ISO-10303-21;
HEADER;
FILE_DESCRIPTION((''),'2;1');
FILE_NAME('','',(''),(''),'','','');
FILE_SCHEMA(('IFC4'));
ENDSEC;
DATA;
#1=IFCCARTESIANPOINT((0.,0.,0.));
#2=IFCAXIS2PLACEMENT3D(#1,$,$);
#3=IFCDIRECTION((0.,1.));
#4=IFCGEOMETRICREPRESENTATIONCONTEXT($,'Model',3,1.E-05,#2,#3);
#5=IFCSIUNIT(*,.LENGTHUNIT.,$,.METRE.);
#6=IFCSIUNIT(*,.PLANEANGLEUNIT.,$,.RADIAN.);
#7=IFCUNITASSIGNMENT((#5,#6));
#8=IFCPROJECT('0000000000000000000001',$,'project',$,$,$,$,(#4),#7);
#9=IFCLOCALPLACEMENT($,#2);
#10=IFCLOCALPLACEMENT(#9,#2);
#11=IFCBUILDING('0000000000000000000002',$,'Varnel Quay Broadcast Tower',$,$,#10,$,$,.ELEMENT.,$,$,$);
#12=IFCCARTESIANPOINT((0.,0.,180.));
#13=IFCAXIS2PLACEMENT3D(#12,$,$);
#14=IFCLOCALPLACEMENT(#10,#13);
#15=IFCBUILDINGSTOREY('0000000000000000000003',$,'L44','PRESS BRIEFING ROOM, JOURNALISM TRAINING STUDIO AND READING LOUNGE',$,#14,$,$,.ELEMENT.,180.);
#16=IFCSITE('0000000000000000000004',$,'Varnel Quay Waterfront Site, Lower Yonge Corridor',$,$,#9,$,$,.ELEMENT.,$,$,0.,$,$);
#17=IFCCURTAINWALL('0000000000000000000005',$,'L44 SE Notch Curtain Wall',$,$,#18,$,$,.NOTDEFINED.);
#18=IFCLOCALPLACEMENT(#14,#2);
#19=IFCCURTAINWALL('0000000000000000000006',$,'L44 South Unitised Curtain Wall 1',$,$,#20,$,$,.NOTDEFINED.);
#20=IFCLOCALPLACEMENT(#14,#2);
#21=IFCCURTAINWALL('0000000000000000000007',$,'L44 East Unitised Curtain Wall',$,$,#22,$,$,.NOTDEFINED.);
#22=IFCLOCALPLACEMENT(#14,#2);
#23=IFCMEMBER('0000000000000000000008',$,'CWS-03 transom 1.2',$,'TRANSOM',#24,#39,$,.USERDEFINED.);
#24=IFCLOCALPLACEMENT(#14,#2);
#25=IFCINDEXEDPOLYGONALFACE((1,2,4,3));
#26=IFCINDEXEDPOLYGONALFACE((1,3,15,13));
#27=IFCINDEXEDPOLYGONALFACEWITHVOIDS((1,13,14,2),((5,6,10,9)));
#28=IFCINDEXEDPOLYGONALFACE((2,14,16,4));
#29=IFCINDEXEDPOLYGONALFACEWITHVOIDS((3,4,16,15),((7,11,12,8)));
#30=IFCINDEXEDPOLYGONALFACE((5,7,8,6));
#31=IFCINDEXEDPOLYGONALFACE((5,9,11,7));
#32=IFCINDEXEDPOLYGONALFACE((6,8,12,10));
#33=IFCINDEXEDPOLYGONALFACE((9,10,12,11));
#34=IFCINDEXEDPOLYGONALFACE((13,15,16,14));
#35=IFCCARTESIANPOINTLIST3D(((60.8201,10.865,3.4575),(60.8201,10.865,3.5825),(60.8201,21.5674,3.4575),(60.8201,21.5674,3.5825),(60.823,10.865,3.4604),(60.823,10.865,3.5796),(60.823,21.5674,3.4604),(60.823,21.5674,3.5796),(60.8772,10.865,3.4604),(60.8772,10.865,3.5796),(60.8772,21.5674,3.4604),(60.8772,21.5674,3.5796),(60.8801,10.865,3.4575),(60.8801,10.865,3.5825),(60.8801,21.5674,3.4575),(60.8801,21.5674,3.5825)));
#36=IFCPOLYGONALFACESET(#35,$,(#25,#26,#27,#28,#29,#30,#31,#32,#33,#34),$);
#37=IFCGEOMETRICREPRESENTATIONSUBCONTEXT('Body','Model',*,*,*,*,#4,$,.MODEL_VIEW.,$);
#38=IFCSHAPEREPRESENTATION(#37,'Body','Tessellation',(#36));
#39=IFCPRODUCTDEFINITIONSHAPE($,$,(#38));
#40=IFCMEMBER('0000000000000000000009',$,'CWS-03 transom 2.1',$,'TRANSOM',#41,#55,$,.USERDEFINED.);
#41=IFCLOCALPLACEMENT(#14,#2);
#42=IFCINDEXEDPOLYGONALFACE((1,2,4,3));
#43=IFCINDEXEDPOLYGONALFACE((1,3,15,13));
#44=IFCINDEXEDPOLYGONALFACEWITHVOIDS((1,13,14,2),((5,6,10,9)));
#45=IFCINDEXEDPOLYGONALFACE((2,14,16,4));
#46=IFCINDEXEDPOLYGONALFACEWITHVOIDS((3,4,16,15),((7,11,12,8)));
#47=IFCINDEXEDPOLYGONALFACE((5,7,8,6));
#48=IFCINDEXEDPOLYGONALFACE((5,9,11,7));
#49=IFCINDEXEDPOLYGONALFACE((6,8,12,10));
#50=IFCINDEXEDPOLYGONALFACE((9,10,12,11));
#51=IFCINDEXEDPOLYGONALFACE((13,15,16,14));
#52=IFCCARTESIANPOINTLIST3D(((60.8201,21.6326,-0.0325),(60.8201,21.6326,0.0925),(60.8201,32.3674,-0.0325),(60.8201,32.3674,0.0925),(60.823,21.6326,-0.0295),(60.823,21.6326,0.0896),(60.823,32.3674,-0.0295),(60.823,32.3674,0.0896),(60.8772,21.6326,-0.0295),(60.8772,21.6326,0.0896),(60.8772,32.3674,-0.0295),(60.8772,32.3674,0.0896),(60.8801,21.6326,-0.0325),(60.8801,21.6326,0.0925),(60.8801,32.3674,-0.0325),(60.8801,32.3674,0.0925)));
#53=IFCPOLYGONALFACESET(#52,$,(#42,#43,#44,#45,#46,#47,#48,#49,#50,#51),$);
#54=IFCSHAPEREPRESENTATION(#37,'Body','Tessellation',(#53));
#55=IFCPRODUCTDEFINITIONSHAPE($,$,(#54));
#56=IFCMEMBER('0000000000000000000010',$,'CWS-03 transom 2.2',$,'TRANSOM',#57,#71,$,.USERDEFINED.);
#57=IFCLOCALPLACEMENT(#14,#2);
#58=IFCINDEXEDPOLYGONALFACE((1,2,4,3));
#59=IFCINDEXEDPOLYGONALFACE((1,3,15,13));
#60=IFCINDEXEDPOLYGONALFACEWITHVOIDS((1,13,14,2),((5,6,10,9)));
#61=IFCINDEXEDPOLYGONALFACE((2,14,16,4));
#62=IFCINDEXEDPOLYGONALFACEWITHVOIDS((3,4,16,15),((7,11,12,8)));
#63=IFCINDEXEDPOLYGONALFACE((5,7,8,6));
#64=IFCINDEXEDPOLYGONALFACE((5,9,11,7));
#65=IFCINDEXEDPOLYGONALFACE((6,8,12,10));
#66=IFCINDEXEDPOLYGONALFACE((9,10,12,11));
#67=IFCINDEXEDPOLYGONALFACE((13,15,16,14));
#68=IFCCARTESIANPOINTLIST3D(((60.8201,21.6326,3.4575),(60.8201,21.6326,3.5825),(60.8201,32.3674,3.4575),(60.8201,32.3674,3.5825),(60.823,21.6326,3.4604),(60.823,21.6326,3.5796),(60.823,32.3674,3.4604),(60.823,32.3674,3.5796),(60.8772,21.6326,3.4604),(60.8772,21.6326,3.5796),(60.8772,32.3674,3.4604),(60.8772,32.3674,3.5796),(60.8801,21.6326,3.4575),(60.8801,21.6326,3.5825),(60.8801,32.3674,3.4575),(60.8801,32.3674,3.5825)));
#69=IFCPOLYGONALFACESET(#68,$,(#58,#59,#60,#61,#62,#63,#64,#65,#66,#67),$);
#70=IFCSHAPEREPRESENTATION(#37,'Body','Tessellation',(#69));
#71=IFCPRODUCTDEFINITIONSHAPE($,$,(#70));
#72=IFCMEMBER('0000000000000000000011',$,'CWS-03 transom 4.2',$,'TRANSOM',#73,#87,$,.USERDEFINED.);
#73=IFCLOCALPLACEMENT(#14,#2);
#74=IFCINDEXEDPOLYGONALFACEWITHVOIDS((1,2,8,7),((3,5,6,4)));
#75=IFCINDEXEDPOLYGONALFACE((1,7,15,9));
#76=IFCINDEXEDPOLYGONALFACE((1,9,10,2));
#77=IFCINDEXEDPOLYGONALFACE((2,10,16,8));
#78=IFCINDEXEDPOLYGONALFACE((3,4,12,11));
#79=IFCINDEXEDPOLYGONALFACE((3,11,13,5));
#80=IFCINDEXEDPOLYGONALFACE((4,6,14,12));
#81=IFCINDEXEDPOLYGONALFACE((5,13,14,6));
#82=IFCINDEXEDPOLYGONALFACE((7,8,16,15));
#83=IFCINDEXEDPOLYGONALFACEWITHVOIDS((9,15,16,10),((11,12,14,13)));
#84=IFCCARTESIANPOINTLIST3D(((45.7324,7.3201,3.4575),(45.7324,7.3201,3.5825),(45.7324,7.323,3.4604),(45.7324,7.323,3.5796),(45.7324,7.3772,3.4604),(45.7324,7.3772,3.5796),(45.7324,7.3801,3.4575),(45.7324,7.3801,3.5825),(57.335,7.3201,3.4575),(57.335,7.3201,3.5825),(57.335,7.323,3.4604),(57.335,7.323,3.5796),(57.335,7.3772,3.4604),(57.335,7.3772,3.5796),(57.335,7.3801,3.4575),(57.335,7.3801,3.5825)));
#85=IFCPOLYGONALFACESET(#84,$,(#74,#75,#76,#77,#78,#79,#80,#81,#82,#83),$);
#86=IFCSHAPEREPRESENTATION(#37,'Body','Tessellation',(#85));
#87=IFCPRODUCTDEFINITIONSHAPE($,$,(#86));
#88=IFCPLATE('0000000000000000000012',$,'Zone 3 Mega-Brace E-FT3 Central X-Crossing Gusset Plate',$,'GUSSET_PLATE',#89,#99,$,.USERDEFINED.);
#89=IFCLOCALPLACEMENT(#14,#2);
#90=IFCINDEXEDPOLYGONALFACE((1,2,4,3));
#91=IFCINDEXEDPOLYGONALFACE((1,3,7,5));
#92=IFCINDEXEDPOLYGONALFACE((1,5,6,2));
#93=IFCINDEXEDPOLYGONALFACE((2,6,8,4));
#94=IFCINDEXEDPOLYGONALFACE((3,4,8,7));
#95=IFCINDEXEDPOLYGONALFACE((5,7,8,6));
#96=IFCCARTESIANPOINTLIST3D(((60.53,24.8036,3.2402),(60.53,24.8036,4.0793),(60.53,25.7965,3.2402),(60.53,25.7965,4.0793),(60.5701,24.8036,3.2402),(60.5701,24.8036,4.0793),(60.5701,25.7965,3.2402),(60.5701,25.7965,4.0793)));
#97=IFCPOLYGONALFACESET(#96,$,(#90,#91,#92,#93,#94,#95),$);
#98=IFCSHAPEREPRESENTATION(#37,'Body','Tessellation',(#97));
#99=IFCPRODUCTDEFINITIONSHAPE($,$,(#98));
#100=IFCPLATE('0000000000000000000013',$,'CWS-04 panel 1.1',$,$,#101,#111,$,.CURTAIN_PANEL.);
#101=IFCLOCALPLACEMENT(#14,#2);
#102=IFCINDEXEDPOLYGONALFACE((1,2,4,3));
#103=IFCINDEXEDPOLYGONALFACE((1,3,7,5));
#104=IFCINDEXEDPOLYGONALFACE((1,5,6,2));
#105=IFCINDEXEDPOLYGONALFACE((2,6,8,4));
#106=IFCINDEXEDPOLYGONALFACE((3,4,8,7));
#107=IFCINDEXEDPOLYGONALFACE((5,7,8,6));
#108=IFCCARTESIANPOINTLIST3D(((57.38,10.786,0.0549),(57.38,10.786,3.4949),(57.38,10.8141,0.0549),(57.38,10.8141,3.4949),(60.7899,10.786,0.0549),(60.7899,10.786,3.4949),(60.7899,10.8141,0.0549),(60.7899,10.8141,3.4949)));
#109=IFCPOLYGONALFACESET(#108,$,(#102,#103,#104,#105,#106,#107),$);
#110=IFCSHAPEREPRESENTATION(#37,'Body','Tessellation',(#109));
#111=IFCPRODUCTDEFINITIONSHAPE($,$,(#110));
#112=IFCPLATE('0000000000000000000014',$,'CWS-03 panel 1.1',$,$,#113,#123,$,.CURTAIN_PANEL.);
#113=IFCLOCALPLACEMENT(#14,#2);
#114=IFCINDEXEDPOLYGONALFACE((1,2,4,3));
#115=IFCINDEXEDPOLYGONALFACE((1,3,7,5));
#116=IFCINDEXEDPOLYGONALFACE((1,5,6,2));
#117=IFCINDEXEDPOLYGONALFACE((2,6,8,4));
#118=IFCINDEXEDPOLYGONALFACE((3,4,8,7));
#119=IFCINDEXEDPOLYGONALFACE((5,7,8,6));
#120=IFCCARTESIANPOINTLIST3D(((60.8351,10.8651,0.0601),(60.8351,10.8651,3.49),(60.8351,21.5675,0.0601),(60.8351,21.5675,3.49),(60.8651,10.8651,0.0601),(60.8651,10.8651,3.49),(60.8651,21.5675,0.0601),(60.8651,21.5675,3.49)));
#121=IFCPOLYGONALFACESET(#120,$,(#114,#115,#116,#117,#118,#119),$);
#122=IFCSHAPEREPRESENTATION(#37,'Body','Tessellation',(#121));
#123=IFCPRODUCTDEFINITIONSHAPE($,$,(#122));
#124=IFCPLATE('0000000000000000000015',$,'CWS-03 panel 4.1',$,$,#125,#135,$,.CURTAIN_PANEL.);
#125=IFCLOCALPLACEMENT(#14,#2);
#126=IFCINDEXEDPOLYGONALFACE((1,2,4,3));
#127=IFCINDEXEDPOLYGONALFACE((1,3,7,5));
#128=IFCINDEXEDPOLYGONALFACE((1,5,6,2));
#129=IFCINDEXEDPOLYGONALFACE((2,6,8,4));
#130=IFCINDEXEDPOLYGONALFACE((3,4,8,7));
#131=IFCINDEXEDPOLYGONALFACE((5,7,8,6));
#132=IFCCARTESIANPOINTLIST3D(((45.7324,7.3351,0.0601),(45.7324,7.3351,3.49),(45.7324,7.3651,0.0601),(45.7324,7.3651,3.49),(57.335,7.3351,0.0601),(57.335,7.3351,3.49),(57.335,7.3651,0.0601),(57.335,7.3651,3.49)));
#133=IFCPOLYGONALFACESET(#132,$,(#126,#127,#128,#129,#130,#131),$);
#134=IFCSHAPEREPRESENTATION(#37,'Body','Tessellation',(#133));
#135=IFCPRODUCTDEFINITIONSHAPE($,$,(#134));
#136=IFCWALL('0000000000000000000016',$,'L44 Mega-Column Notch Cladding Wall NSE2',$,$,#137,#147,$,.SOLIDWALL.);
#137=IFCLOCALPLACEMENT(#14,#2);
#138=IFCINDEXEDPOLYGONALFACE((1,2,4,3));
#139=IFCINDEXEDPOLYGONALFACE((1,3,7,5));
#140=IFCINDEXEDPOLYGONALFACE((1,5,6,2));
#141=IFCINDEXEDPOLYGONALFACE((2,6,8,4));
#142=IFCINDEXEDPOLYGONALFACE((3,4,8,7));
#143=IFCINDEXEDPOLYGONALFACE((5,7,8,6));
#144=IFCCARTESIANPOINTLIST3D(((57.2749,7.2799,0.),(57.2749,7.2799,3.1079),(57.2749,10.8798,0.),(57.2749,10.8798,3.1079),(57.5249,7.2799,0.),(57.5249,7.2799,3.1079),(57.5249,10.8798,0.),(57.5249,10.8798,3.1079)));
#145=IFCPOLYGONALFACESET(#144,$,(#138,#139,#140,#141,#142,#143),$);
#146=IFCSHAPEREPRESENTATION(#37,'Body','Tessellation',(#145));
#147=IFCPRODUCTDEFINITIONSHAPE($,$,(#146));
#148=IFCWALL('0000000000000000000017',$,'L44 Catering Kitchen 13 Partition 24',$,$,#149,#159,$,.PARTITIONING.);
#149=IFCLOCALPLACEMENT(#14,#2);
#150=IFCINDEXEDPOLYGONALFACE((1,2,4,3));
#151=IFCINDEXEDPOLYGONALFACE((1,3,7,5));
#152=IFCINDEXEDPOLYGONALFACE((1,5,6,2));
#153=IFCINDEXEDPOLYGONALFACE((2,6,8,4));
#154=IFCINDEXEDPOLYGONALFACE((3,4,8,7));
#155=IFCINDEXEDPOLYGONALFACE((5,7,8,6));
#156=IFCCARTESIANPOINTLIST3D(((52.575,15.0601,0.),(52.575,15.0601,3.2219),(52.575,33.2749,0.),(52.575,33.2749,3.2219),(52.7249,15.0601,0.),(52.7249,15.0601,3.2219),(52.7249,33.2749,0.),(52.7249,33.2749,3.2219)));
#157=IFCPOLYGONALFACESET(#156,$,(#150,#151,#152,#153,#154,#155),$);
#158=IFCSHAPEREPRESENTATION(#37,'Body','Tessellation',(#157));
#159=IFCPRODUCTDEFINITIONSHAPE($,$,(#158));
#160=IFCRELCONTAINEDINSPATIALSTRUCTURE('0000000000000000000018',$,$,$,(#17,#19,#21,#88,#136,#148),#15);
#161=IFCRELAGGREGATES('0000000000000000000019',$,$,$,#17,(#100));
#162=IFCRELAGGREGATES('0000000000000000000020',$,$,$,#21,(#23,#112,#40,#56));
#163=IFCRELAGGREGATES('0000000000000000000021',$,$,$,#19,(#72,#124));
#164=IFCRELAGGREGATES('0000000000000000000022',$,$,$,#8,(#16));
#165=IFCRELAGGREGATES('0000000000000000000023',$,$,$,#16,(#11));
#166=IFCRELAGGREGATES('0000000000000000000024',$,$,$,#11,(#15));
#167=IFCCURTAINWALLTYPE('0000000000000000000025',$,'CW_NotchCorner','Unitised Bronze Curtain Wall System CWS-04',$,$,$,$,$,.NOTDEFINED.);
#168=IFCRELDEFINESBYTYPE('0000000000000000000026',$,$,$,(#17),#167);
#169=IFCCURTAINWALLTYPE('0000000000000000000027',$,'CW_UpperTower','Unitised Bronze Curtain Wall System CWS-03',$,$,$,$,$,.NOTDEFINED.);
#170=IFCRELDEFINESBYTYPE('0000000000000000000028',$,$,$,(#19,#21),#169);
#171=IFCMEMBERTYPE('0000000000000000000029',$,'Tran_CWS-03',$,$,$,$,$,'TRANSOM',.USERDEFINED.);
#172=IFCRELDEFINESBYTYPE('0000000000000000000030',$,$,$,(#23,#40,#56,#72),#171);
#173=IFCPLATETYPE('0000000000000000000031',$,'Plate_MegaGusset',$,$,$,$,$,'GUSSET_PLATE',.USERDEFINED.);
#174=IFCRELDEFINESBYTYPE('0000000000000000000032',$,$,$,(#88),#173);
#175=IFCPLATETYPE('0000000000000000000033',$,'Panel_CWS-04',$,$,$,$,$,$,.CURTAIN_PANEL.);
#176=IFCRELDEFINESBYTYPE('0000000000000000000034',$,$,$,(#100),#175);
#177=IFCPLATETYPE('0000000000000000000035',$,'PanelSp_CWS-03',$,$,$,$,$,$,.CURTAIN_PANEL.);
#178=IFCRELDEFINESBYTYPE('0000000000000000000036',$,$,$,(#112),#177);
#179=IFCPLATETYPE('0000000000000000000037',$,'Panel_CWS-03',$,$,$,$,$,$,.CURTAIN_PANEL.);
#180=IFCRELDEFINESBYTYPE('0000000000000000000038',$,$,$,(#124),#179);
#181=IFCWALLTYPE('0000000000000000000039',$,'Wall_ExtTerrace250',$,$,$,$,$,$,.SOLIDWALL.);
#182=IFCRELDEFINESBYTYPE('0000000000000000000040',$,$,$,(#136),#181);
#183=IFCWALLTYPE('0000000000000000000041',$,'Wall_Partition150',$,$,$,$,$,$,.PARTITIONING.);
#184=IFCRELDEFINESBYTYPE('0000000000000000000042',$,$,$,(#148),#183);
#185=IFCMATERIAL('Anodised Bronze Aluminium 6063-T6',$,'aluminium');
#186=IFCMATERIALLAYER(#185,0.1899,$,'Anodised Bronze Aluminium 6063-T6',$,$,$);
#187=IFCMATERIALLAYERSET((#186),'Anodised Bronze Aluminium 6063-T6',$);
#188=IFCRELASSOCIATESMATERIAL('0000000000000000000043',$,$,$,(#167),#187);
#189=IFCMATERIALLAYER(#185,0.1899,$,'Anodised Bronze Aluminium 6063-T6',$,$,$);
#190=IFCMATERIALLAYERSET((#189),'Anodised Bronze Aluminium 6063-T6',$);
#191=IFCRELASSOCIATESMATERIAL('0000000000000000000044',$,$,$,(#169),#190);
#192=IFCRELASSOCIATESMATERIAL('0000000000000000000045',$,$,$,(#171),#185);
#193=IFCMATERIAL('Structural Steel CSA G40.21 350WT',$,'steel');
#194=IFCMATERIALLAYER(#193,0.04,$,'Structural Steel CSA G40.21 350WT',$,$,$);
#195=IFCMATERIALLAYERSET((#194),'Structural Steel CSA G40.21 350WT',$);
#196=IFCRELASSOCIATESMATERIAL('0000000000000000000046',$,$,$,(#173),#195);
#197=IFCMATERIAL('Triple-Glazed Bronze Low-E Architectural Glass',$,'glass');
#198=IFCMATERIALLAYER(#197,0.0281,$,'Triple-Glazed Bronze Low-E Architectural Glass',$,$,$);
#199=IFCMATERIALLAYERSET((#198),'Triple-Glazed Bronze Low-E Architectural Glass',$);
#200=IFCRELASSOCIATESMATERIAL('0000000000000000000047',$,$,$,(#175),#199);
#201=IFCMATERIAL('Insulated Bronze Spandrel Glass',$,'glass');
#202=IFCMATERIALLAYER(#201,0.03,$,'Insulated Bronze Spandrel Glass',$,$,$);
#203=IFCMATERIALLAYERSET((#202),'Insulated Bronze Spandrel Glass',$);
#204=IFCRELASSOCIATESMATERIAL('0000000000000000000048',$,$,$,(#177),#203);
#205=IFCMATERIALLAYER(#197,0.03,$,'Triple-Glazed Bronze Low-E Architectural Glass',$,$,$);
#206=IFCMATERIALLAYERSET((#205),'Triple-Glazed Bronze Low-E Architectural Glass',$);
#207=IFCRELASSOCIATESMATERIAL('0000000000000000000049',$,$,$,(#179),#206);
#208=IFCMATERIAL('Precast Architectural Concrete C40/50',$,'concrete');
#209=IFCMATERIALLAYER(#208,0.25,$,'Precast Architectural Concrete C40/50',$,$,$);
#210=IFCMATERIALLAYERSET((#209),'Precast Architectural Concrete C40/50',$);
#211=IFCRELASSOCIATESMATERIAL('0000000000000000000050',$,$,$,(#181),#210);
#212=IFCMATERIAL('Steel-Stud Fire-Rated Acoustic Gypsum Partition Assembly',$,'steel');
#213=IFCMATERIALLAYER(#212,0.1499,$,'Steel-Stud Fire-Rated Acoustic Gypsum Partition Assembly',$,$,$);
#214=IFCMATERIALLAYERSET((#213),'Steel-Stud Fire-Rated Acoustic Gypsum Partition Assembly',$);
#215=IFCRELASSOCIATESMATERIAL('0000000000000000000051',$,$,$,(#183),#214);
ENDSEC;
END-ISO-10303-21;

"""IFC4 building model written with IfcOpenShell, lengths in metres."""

from ifc_helpers import new_model, si_unit, direction, frame, frame_2d, origin, origin_2d, place, context, subcontext, project, spatial, rectangle, hollow_rectangle, extrude, source, transform, mapped, material, layer, layer_set, material_profile, profile_set, type_object, type_shapes, element, aggregate, save


model = new_model("IFC4")

# Units and contexts
model_context = context("Model", 3, precision=1e-05, world=origin(), true_north=direction((0.0, 1.0)))
body_context = subcontext(model_context, "Body", "Model", "MODEL_VIEW")
ifc_project = project(units=[si_unit("LENGTHUNIT", "METRE"), si_unit("PLANEANGLEUNIT", "RADIAN")], contexts=[model_context])

# Site, building, storey
site_placement = place(None, origin())
site = spatial("IfcSite", under=ifc_project, at=site_placement, Name="Varnel Quay Waterfront Site, Lower Yonge Corridor", CompositionType="ELEMENT", RefElevation=0.0)
building_placement = place(site_placement, origin())
building = spatial("IfcBuilding", under=site, at=building_placement, Name="Varnel Quay Broadcast Tower", CompositionType="ELEMENT")
storey_placement = place(building_placement, frame((0.0, 0.0, 180.0)))
storey = spatial("IfcBuildingStorey", under=building, at=storey_placement, Name="L44", Description="PRESS BRIEFING ROOM, JOURNALISM TRAINING STUDIO AND READING LOUNGE", CompositionType="ELEMENT", Elevation=180.0)

# Shared definitions
ifc_material_1 = material(Name="Structural Steel CSA G40.21 350WT", Category="steel")

# Curtain wall
ifc_material_2 = material(Name="Anodised Bronze Aluminium 6063-T6", Category="aluminium")
ifc_layer_1 = layer(ifc_material_2, 0.1899, Name="Anodised Bronze Aluminium 6063-T6")
ifc_layer_set_1 = layer_set([ifc_layer_1], Name="Anodised Bronze Aluminium 6063-T6")
curtain_wall_type_1 = type_object("IfcCurtainWallType", Name="CW_NotchCorner", Description="Unitised Bronze Curtain Wall System CWS-04", PredefinedType="NOTDEFINED", material=ifc_layer_set_1)
curtain_wall_1_placement = place(storey_placement, origin())
curtain_wall_1 = element("IfcCurtainWall", 1, at=curtain_wall_1_placement, inside=storey, type_object=curtain_wall_type_1, Name="L44 SE Notch Curtain Wall", PredefinedType="NOTDEFINED")

# Curtain wall
ifc_layer_2 = layer(ifc_material_2, 0.1899, Name="Anodised Bronze Aluminium 6063-T6")
ifc_layer_set_2 = layer_set([ifc_layer_2], Name="Anodised Bronze Aluminium 6063-T6")
curtain_wall_type_2 = type_object("IfcCurtainWallType", Name="CW_UpperTower", Description="Unitised Bronze Curtain Wall System CWS-03", PredefinedType="NOTDEFINED", material=ifc_layer_set_2)
curtain_wall_2_placement = place(storey_placement, origin())
curtain_wall_2 = element("IfcCurtainWall", 2, at=curtain_wall_2_placement, inside=storey, type_object=curtain_wall_type_2, Name="L44 South Unitised Curtain Wall 1", PredefinedType="NOTDEFINED")

# Curtain wall, members
curtain_wall_3_placement = place(storey_placement, origin())
curtain_wall_3 = element("IfcCurtainWall", 3, at=curtain_wall_3_placement, inside=storey, type_object=curtain_wall_type_2, Name="L44 East Unitised Curtain Wall", PredefinedType="NOTDEFINED")
ifc_material_profile_1 = material_profile(ifc_material_2, hollow_rectangle(XDim=0.0601, YDim=0.125, WallThickness=0.0029, at=origin_2d()), Name="ALU60X125X3")
ifc_profile_set_1 = profile_set([ifc_material_profile_1], Name="Anodised Bronze Aluminium 6063-T6")
member_type_1 = type_object("IfcMemberType", Name="Tran_CWS-03", ElementType="TRANSOM", PredefinedType="USERDEFINED", material=ifc_profile_set_1)
shared_shape_1 = source(origin(), body_context, "Body", "SweptSolid", [
    extrude(hollow_rectangle(XDim=0.0601, YDim=0.125, WallThickness=0.0029, at=origin_2d()), origin(), (0.0, 0.0, 1.0), 10.7024),
])
member_1_placement = place(storey_placement, frame((60.8501, 10.865, 3.52), z_axis=(0.0, 1.0, 0.0), x_axis=(-1.0, 0.0, 0.0)))
member_1 = element("IfcMember", 4, at=member_1_placement, type_object=member_type_1, Name="CWS-03 transom 1.2", ObjectType="TRANSOM", PredefinedType="USERDEFINED", context=body_context, shape_type="MappedRepresentation", body=[
    mapped(shared_shape_1, transform((0.0, 0.0, 0.0), x_axis=(1.0, 0.0, 0.0), y_axis=(0.0, 1.0, 0.0), z_axis=(0.0, 0.0, 1.0), scale=1.0)),
])
shared_shape_2 = source(origin(), body_context, "Body", "SweptSolid", [
    extrude(hollow_rectangle(XDim=0.0601, YDim=0.125, WallThickness=0.0029, at=origin_2d()), origin(), (0.0, 0.0, 1.0), 10.7349),
])
member_2_placement = place(storey_placement, frame((60.8501, 21.6326, 0.03), z_axis=(0.0, 1.0, 0.0), x_axis=(-1.0, 0.0, 0.0)))
member_2 = element("IfcMember", 5, at=member_2_placement, type_object=member_type_1, Name="CWS-03 transom 2.1", ObjectType="TRANSOM", PredefinedType="USERDEFINED", context=body_context, shape_type="MappedRepresentation", body=[
    mapped(shared_shape_2, transform((0.0, 0.0, 0.0), x_axis=(1.0, 0.0, 0.0), y_axis=(0.0, 1.0, 0.0), z_axis=(0.0, 0.0, 1.0), scale=1.0)),
])
member_3_placement = place(storey_placement, frame((60.8501, 21.6326, 3.52), z_axis=(0.0, 1.0, 0.0), x_axis=(-1.0, 0.0, 0.0)))
member_3 = element("IfcMember", 6, at=member_3_placement, type_object=member_type_1, Name="CWS-03 transom 2.2", ObjectType="TRANSOM", PredefinedType="USERDEFINED", context=body_context, shape_type="MappedRepresentation", body=[
    mapped(shared_shape_2, transform((0.0, 0.0, 0.0), x_axis=(1.0, 0.0, 0.0), y_axis=(0.0, 1.0, 0.0), z_axis=(0.0, 0.0, 1.0), scale=1.0)),
])

# Member
shared_shape_3 = source(origin(), body_context, "Body", "SweptSolid", [
    extrude(hollow_rectangle(XDim=0.0601, YDim=0.125, WallThickness=0.0029, at=origin_2d()), origin(), (0.0, 0.0, 1.0), 11.6025),
])
type_shapes(member_type_1, [shared_shape_1, shared_shape_2, shared_shape_3])
member_4_placement = place(storey_placement, frame((45.7324, 7.3501, 3.52), z_axis=(1.0, 0.0, 0.0), x_axis=(0.0, 1.0, 0.0)))
member_4 = element("IfcMember", 7, at=member_4_placement, type_object=member_type_1, Name="CWS-03 transom 4.2", ObjectType="TRANSOM", PredefinedType="USERDEFINED", context=body_context, shape_type="MappedRepresentation", body=[
    mapped(shared_shape_3, transform((0.0, 0.0, 0.0), x_axis=(1.0, 0.0, 0.0), y_axis=(0.0, 1.0, 0.0), z_axis=(0.0, 0.0, 1.0), scale=1.0)),
])

# Plates
ifc_layer_3 = layer(ifc_material_1, 0.04, Name="Structural Steel CSA G40.21 350WT")
ifc_layer_set_3 = layer_set([ifc_layer_3], Name="Structural Steel CSA G40.21 350WT")
plate_type_1 = type_object("IfcPlateType", Name="Plate_MegaGusset", ElementType="GUSSET_PLATE", PredefinedType="USERDEFINED", material=ifc_layer_set_3)
shared_shape_4 = source(origin(), body_context, "Body", "SweptSolid", [
    extrude(rectangle(XDim=0.9929, YDim=0.04, at=origin_2d()), origin(), (0.0, 0.0, 1.0), 0.8391),
])
type_shapes(plate_type_1, [shared_shape_4])
plate_1_placement = place(storey_placement, frame((60.55, 25.3, 3.2402), z_axis=(0.0, 0.0, 1.0), x_axis=(0.0, 1.0, 0.0)))
element("IfcPlate", 8, at=plate_1_placement, inside=storey, type_object=plate_type_1, Name="Zone 3 Mega-Brace E-FT3 Central X-Crossing Gusset Plate", ObjectType="GUSSET_PLATE", PredefinedType="USERDEFINED", context=body_context, shape_type="MappedRepresentation", body=[
    mapped(shared_shape_4, transform((0.0, 0.0, 0.0), x_axis=(1.0, 0.0, 0.0), y_axis=(0.0, 1.0, 0.0), z_axis=(0.0, 0.0, 1.0), scale=1.0)),
])
ifc_material_3 = material(Name="Triple-Glazed Bronze Low-E Architectural Glass", Category="glass")
ifc_layer_4 = layer(ifc_material_3, 0.0281, Name="Triple-Glazed Bronze Low-E Architectural Glass")
ifc_layer_set_4 = layer_set([ifc_layer_4], Name="Triple-Glazed Bronze Low-E Architectural Glass")
plate_type_2 = type_object("IfcPlateType", Name="Panel_CWS-04", PredefinedType="CURTAIN_PANEL", material=ifc_layer_set_4)
shared_shape_5 = source(origin(), body_context, "Body", "SweptSolid", [
    extrude(rectangle(XDim=3.4099, YDim=0.0281, at=origin_2d()), origin(), (0.0, 0.0, 1.0), 3.4399),
])
type_shapes(plate_type_2, [shared_shape_5])
plate_2_placement = place(storey_placement, frame((59.085, 10.8, 0.0549), z_axis=(0.0, 0.0, 1.0), x_axis=(1.0, 0.0, 0.0)))
plate_2 = element("IfcPlate", 9, at=plate_2_placement, type_object=plate_type_2, Name="CWS-04 panel 1.1", PredefinedType="CURTAIN_PANEL", context=body_context, shape_type="MappedRepresentation", body=[
    mapped(shared_shape_5, transform((0.0, 0.0, 0.0), x_axis=(1.0, 0.0, 0.0), y_axis=(0.0, 1.0, 0.0), z_axis=(0.0, 0.0, 1.0), scale=1.0)),
])
aggregate(curtain_wall_1, [plate_2])
ifc_material_4 = material(Name="Insulated Bronze Spandrel Glass", Category="glass")
ifc_layer_5 = layer(ifc_material_4, 0.03, Name="Insulated Bronze Spandrel Glass")
ifc_layer_set_5 = layer_set([ifc_layer_5], Name="Insulated Bronze Spandrel Glass")
plate_type_3 = type_object("IfcPlateType", Name="PanelSp_CWS-03", PredefinedType="CURTAIN_PANEL", material=ifc_layer_set_5)
shared_shape_6 = source(origin(), body_context, "Body", "SweptSolid", [
    extrude(rectangle(XDim=10.7024, YDim=0.03, at=origin_2d()), origin(), (0.0, 0.0, 1.0), 3.4299),
])
type_shapes(plate_type_3, [shared_shape_6])
plate_3_placement = place(storey_placement, frame((60.8501, 16.2163, 0.0601), z_axis=(0.0, 0.0, 1.0), x_axis=(0.0, 1.0, 0.0)))
plate_3 = element("IfcPlate", 10, at=plate_3_placement, type_object=plate_type_3, Name="CWS-03 panel 1.1", PredefinedType="CURTAIN_PANEL", context=body_context, shape_type="MappedRepresentation", body=[
    mapped(shared_shape_6, transform((0.0, 0.0, 0.0), x_axis=(1.0, 0.0, 0.0), y_axis=(0.0, 1.0, 0.0), z_axis=(0.0, 0.0, 1.0), scale=1.0)),
])
aggregate(curtain_wall_3, [member_1, plate_3, member_2, member_3])
ifc_layer_6 = layer(ifc_material_3, 0.03, Name="Triple-Glazed Bronze Low-E Architectural Glass")
ifc_layer_set_6 = layer_set([ifc_layer_6], Name="Triple-Glazed Bronze Low-E Architectural Glass")
plate_type_4 = type_object("IfcPlateType", Name="Panel_CWS-03", PredefinedType="CURTAIN_PANEL", material=ifc_layer_set_6)
shared_shape_7 = source(origin(), body_context, "Body", "SweptSolid", [
    extrude(rectangle(XDim=11.6025, YDim=0.03, at=origin_2d()), origin(), (0.0, 0.0, 1.0), 3.4299),
])
type_shapes(plate_type_4, [shared_shape_7])
plate_4_placement = place(storey_placement, frame((51.5337, 7.3501, 0.0601), z_axis=(0.0, 0.0, 1.0), x_axis=(1.0, 0.0, 0.0)))
plate_4 = element("IfcPlate", 11, at=plate_4_placement, type_object=plate_type_4, Name="CWS-03 panel 4.1", PredefinedType="CURTAIN_PANEL", context=body_context, shape_type="MappedRepresentation", body=[
    mapped(shared_shape_7, transform((0.0, 0.0, 0.0), x_axis=(1.0, 0.0, 0.0), y_axis=(0.0, 1.0, 0.0), z_axis=(0.0, 0.0, 1.0), scale=1.0)),
])
aggregate(curtain_wall_2, [member_4, plate_4])

# Walls
ifc_material_5 = material(Name="Precast Architectural Concrete C40/50", Category="concrete")
ifc_layer_7 = layer(ifc_material_5, 0.25, Name="Precast Architectural Concrete C40/50")
ifc_layer_set_7 = layer_set([ifc_layer_7], Name="Precast Architectural Concrete C40/50")
wall_type_1 = type_object("IfcWallType", Name="Wall_ExtTerrace250", PredefinedType="SOLIDWALL", material=ifc_layer_set_7)
wall_1_placement = place(storey_placement, frame((57.3999, 7.28, 0.0), z_axis=(0.0, 0.0, 1.0), x_axis=(0.0, 1.0, 0.0)))
element("IfcWall", 12, at=wall_1_placement, inside=storey, type_object=wall_type_1, Name="L44 Mega-Column Notch Cladding Wall NSE2", PredefinedType="SOLIDWALL", context=body_context, shape_type="SweptSolid", body=[
    extrude(rectangle(XDim=3.5999, YDim=0.25, at=frame_2d((1.7998, 0.0))), origin(), (0.0, 0.0, 1.0), 3.1079),
])
ifc_material_6 = material(Name="Steel-Stud Fire-Rated Acoustic Gypsum Partition Assembly", Category="steel")
ifc_layer_8 = layer(ifc_material_6, 0.1499, Name="Steel-Stud Fire-Rated Acoustic Gypsum Partition Assembly")
ifc_layer_set_8 = layer_set([ifc_layer_8], Name="Steel-Stud Fire-Rated Acoustic Gypsum Partition Assembly")
wall_type_2 = type_object("IfcWallType", Name="Wall_Partition150", PredefinedType="PARTITIONING", material=ifc_layer_set_8)
wall_2_placement = place(storey_placement, frame((52.6499, 15.0601, 0.0), z_axis=(0.0, 0.0, 1.0), x_axis=(0.0, 1.0, 0.0)))
element("IfcWall", 13, at=wall_2_placement, inside=storey, type_object=wall_type_2, Name="L44 Catering Kitchen 13 Partition 24", PredefinedType="PARTITIONING", context=body_context, shape_type="SweptSolid", body=[
    extrude(rectangle(XDim=18.2148, YDim=0.1499, at=frame_2d((9.1074, 0.0))), origin(), (0.0, 0.0, 1.0), 3.2219),
])

save(model, "model.ifc")
